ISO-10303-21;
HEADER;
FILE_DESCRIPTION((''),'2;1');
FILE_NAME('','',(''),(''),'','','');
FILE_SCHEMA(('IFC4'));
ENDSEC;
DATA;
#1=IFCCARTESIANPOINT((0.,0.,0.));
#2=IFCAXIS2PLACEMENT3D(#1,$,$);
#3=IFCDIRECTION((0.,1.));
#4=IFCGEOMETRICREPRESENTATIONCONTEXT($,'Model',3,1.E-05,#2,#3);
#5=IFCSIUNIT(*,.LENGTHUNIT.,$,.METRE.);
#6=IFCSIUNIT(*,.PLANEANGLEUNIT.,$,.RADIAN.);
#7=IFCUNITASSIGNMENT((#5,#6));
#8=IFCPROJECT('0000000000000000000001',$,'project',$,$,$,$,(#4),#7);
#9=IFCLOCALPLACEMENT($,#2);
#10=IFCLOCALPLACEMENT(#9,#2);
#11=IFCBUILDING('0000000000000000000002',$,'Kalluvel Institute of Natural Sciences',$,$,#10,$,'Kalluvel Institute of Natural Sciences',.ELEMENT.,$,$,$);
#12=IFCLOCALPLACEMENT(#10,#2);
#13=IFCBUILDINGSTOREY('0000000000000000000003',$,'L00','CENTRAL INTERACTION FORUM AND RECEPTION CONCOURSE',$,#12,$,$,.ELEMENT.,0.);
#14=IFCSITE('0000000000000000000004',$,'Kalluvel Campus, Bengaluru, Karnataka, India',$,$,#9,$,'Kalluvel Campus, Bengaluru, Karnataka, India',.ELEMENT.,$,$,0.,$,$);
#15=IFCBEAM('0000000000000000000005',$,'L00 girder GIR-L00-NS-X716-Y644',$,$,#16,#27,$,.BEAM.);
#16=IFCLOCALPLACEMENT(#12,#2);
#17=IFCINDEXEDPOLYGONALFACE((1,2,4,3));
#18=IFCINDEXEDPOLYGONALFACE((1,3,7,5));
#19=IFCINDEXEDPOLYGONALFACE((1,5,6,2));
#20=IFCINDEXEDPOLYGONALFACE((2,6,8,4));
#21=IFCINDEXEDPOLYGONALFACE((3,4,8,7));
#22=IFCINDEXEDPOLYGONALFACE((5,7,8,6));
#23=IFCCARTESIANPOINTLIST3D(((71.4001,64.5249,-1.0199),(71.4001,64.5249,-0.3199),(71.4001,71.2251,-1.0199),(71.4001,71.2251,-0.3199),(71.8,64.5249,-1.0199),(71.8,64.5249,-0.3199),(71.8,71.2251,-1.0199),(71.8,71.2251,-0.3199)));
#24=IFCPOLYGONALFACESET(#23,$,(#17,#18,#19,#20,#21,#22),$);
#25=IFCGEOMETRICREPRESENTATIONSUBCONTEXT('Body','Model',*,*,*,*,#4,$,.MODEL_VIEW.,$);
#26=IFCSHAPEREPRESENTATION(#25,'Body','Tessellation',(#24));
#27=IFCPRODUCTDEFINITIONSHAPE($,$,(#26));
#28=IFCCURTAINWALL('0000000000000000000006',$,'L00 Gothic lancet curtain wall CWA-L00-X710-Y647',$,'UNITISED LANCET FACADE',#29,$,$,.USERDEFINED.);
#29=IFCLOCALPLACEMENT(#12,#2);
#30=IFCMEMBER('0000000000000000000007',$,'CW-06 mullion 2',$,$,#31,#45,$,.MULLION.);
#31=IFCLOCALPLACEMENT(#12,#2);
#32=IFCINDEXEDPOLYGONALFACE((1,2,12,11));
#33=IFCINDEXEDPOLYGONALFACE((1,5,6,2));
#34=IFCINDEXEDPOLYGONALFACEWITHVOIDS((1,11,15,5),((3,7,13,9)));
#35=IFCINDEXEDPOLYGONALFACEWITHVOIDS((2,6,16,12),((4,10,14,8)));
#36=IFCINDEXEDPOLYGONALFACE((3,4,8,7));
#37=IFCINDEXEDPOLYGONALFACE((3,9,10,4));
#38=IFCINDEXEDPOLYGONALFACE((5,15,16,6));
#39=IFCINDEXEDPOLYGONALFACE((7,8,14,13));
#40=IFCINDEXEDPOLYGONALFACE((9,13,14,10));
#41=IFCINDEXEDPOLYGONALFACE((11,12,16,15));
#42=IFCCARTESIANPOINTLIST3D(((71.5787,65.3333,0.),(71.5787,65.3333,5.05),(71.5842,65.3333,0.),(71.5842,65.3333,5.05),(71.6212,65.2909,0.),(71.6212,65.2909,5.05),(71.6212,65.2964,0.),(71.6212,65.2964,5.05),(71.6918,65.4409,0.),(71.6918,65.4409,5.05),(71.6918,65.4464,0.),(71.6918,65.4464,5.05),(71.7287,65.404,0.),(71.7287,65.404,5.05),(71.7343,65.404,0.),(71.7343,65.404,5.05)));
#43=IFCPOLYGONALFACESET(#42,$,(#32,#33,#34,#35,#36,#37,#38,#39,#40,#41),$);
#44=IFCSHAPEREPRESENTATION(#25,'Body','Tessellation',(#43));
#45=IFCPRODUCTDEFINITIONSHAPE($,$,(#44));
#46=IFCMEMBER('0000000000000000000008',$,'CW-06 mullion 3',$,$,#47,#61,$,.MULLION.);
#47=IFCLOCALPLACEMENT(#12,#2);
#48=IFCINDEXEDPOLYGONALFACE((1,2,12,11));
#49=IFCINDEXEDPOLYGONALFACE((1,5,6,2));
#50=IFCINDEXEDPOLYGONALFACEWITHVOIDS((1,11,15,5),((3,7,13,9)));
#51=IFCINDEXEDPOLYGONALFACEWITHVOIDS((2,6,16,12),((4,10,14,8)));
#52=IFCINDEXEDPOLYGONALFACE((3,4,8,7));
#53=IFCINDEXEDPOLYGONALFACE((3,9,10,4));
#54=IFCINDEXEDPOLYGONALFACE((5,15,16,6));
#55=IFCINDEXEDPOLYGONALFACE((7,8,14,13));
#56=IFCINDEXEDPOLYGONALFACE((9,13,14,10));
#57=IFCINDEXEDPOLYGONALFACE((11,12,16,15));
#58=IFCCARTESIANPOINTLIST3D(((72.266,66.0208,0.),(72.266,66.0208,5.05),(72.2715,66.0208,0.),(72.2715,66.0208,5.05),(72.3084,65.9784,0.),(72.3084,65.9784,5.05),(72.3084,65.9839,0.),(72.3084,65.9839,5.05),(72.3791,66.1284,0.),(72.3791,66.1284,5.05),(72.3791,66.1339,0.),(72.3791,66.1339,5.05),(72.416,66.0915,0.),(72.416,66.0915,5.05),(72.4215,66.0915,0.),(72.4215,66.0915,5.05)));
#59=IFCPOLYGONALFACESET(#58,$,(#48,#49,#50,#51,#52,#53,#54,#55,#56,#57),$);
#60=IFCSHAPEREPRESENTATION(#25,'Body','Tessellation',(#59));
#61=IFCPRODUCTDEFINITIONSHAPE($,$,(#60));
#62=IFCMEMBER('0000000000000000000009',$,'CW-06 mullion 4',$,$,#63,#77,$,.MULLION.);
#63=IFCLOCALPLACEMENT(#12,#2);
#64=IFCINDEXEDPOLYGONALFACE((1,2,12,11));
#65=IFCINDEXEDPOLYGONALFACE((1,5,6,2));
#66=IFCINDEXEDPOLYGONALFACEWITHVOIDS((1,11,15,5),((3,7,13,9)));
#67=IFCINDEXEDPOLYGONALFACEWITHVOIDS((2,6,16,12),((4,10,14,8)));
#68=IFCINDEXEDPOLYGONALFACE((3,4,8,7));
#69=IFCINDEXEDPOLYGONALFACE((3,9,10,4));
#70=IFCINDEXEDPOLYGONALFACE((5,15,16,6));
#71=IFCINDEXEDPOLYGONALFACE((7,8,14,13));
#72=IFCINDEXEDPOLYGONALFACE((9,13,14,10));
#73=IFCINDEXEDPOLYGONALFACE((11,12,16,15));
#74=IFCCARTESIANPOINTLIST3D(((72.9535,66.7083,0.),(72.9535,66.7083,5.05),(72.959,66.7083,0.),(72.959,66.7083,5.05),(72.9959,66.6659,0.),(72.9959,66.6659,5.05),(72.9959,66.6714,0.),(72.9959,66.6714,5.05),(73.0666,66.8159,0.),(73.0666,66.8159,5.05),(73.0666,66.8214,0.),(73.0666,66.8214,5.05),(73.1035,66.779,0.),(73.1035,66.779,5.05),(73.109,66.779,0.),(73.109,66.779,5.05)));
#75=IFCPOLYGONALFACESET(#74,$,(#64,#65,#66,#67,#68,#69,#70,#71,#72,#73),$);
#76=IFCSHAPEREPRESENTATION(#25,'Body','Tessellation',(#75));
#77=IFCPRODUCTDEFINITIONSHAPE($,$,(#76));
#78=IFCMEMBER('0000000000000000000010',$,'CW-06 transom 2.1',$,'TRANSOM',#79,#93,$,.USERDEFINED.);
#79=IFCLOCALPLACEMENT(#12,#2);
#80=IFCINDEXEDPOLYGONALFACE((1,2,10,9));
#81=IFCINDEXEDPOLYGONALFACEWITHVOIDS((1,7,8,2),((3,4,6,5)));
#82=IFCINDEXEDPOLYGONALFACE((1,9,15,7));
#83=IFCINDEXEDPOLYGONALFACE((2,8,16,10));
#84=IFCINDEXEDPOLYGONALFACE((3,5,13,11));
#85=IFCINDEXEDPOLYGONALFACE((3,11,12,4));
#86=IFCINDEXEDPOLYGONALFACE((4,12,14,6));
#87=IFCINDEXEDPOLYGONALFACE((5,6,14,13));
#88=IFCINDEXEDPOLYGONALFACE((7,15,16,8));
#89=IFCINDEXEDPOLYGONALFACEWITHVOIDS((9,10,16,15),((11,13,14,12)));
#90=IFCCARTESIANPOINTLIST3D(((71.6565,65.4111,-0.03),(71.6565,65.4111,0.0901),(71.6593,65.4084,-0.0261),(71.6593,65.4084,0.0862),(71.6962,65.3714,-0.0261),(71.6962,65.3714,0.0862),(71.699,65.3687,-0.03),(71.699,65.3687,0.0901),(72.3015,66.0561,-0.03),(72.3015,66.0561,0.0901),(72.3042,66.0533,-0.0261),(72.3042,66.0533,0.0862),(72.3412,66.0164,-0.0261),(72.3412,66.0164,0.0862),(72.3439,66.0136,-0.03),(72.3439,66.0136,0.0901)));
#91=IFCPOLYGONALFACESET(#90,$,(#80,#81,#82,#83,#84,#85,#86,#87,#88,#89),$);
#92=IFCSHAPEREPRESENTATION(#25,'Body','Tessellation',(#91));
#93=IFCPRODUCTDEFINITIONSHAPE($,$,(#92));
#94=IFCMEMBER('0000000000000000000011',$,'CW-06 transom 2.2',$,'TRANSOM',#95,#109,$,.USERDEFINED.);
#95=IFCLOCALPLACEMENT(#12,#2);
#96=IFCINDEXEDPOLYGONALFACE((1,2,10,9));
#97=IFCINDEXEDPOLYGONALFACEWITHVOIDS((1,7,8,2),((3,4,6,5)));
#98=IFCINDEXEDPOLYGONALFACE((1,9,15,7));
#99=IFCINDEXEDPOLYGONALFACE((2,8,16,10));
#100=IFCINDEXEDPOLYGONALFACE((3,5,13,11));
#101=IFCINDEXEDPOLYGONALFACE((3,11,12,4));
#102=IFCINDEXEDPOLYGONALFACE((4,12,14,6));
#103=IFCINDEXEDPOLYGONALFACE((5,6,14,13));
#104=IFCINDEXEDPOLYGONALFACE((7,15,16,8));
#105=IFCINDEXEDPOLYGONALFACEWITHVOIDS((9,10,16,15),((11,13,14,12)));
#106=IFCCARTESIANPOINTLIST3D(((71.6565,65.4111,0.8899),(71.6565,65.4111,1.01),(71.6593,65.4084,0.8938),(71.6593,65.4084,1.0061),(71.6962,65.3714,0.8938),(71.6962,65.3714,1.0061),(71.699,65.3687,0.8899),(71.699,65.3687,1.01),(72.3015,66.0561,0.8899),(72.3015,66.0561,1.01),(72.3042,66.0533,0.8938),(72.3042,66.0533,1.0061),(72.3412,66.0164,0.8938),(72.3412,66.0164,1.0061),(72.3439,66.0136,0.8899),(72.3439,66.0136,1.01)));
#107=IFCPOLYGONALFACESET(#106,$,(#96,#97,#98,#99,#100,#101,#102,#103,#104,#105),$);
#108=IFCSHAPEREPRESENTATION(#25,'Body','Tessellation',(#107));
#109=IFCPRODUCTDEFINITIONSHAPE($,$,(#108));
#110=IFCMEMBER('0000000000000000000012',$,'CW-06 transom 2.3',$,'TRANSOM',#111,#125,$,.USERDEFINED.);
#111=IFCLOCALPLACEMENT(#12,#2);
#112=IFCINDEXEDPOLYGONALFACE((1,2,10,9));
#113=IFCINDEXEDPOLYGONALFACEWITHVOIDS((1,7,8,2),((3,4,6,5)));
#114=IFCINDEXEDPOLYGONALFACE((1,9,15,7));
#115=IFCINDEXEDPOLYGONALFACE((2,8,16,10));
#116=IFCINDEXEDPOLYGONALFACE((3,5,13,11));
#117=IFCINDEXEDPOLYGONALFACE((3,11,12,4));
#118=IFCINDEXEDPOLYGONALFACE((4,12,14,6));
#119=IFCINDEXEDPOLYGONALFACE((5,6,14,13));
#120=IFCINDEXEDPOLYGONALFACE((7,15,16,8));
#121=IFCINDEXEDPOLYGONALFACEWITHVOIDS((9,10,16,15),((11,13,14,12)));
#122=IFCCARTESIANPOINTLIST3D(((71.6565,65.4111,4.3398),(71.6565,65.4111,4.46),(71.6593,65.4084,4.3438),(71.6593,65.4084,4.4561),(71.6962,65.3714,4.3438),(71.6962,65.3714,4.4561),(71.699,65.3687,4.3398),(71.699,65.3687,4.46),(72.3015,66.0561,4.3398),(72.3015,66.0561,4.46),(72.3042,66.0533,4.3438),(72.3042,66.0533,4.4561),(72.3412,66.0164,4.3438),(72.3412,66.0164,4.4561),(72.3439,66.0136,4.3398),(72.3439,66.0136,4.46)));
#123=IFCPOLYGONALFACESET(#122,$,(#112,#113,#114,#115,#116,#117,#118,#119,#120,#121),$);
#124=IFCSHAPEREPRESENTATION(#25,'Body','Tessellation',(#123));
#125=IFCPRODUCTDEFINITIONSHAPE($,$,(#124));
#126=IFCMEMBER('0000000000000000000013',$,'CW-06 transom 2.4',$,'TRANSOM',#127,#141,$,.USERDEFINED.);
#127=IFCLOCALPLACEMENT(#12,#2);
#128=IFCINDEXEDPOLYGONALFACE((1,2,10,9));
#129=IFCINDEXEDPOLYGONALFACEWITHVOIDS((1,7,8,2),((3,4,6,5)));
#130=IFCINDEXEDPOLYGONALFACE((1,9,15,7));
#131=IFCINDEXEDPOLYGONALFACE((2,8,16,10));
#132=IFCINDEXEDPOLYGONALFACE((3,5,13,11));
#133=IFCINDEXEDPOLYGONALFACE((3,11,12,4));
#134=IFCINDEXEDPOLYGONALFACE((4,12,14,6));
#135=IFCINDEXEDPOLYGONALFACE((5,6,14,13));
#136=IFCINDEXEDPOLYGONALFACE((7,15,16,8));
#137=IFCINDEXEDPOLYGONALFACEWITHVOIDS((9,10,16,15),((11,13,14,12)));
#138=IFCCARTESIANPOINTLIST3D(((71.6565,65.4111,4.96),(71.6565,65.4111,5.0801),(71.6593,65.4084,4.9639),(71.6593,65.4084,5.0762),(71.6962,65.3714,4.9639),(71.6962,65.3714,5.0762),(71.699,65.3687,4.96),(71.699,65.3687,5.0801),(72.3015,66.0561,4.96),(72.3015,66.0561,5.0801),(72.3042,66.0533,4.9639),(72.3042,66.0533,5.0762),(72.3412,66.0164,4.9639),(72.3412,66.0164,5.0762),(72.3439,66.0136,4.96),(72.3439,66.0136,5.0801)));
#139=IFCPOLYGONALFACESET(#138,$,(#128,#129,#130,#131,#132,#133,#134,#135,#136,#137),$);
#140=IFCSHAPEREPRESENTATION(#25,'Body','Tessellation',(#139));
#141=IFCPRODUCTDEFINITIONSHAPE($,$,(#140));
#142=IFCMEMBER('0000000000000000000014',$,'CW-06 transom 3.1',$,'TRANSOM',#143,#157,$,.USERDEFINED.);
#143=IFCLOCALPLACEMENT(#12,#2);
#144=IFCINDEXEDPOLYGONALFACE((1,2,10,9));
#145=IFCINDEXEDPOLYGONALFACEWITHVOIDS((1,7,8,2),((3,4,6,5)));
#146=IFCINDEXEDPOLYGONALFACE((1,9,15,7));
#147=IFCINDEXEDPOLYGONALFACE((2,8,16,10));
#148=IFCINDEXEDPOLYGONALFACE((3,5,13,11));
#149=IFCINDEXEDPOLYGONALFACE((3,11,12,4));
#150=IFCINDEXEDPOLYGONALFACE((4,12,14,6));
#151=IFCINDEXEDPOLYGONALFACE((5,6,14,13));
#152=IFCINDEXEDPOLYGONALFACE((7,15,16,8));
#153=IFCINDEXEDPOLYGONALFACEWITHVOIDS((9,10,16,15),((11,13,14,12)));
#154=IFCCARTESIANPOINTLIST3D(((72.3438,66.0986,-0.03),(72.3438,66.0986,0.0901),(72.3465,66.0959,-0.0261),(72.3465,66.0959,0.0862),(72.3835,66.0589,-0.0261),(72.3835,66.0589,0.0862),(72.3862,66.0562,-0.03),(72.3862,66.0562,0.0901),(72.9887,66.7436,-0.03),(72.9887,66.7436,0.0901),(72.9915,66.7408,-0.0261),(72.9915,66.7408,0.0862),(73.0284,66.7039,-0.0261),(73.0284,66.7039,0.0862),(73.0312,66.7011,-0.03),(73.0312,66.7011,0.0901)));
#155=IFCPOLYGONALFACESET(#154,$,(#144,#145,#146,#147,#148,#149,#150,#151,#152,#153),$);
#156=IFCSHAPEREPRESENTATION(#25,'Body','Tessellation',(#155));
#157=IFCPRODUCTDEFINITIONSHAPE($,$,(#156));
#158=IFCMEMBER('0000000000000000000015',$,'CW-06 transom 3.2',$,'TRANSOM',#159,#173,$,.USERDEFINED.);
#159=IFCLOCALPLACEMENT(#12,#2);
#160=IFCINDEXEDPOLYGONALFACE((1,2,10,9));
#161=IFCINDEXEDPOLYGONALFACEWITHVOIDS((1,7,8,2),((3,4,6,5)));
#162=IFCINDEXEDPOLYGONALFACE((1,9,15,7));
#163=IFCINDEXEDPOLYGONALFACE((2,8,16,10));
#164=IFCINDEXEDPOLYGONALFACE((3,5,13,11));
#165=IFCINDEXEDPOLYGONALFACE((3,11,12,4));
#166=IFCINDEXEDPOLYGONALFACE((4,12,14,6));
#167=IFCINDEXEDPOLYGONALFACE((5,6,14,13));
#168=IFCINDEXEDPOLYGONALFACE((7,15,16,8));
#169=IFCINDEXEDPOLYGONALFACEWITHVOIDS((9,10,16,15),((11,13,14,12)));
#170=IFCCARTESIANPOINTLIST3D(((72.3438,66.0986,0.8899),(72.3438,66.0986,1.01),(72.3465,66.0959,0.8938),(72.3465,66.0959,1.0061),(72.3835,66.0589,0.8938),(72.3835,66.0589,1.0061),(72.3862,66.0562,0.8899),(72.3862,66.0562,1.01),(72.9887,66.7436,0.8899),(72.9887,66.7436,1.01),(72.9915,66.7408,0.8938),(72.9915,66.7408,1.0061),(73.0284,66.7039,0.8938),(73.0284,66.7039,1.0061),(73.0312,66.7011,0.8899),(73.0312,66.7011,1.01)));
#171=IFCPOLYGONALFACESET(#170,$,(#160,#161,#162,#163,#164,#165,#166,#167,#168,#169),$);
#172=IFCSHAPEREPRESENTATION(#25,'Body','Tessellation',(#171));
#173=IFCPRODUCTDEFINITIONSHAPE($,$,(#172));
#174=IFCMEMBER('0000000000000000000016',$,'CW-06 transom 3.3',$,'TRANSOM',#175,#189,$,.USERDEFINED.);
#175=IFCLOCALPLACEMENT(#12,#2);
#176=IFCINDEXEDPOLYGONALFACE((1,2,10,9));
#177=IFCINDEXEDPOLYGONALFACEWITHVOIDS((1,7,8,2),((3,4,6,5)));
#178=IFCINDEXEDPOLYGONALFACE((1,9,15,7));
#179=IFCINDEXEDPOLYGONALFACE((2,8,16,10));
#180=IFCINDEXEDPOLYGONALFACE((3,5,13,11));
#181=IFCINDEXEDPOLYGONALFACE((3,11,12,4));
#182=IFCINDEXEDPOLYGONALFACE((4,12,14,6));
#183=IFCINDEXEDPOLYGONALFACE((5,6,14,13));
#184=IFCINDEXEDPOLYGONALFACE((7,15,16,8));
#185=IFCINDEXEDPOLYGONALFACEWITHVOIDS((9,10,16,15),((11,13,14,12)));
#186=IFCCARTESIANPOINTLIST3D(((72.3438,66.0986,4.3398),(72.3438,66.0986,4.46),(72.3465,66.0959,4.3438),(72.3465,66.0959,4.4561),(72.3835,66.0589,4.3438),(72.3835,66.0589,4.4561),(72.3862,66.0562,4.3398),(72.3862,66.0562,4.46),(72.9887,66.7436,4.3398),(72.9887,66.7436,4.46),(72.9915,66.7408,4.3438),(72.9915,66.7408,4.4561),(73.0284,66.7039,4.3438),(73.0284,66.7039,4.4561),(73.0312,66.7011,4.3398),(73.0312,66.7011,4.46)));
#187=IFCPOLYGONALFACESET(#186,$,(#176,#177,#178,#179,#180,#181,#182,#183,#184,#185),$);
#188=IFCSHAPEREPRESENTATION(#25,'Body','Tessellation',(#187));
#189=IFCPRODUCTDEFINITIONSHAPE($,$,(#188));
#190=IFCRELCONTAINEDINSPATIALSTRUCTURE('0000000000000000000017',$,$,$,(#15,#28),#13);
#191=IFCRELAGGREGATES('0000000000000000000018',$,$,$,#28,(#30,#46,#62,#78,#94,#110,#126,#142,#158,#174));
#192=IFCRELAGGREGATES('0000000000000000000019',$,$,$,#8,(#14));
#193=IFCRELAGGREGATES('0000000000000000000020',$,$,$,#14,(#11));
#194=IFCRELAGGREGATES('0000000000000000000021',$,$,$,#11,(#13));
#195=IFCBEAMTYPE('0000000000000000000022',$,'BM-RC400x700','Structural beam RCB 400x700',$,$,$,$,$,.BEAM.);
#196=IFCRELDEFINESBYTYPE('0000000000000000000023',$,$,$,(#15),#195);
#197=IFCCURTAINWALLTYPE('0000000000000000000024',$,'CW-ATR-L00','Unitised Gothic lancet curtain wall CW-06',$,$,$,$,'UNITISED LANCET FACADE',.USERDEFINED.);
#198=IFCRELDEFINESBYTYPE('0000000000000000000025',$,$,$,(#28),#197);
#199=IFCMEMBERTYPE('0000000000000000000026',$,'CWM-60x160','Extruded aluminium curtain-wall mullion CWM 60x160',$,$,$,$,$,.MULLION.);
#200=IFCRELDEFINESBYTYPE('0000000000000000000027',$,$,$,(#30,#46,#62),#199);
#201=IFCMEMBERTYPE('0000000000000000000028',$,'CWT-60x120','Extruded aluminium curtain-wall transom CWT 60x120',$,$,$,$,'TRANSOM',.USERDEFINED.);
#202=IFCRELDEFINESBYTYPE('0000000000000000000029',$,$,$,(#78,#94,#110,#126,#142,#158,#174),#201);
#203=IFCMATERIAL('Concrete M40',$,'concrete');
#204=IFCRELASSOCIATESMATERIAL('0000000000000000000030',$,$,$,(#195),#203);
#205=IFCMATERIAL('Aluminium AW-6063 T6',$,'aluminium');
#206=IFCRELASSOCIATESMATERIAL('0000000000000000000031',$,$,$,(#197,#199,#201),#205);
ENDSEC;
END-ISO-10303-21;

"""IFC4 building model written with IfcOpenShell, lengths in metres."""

from ifc_helpers import new_model, si_unit, direction, frame, origin, origin_2d, place, context, subcontext, project, spatial, rectangle, hollow_rectangle, extrude, material, material_profile, profile_set, type_object, element, aggregate, save


model = new_model("IFC4")

# Units and contexts
model_context = context("Model", 3, precision=1e-05, world=origin(), true_north=direction((0.0, 1.0)))
body_context = subcontext(model_context, "Body", "Model", "MODEL_VIEW")
ifc_project = project(units=[si_unit("LENGTHUNIT", "METRE"), si_unit("PLANEANGLEUNIT", "RADIAN")], contexts=[model_context])

# Site, building, storey
site_placement = place(None, origin())
site = spatial("IfcSite", under=ifc_project, at=site_placement, Name="Kalluvel Campus, Bengaluru, Karnataka, India", LongName="Kalluvel Campus, Bengaluru, Karnataka, India", CompositionType="ELEMENT", RefElevation=0.0)
building_placement = place(site_placement, origin())
building = spatial("IfcBuilding", under=site, at=building_placement, Name="Kalluvel Institute of Natural Sciences", LongName="Kalluvel Institute of Natural Sciences", CompositionType="ELEMENT")
storey_placement = place(building_placement, origin())
storey = spatial("IfcBuildingStorey", under=building, at=storey_placement, Name="L00", Description="CENTRAL INTERACTION FORUM AND RECEPTION CONCOURSE", CompositionType="ELEMENT", Elevation=0.0)

# Beam
ifc_material_1 = material(Name="Concrete M40", Category="concrete")
ifc_material_profile_1 = material_profile(ifc_material_1, rectangle(XDim=0.3999, YDim=0.7, at=origin_2d()), Name="RCB 400x700")
ifc_profile_set_1 = profile_set([ifc_material_profile_1], Name="Concrete M40")
beam_type = type_object("IfcBeamType", Name="BM-RC400x700", Description="Structural beam RCB 400x700", PredefinedType="BEAM", material=ifc_profile_set_1)
beam_placement = place(storey_placement, frame((71.6001, 64.5249, -0.6699), z_axis=(0.0, 1.0, 0.0), x_axis=(-1.0, 0.0, 0.0)))
element("IfcBeam", 1, at=beam_placement, inside=storey, type_object=beam_type, Name="L00 girder GIR-L00-NS-X716-Y644", PredefinedType="BEAM", context=body_context, shape_type="SweptSolid", body=[
    extrude(rectangle(XDim=0.3999, YDim=0.7, at=origin_2d()), origin(), (0.0, 0.0, 1.0), 6.7002),
])

# Curtain wall, members
ifc_material_2 = material(Name="Aluminium AW-6063 T6", Category="aluminium")
curtain_wall_type = type_object("IfcCurtainWallType", Name="CW-ATR-L00", Description="Unitised Gothic lancet curtain wall CW-06", ElementType="UNITISED LANCET FACADE", PredefinedType="USERDEFINED", material=ifc_material_2)
curtain_wall_placement = place(storey_placement, origin())
curtain_wall = element("IfcCurtainWall", 2, at=curtain_wall_placement, inside=storey, type_object=curtain_wall_type, Name="L00 Gothic lancet curtain wall CWA-L00-X710-Y647", ObjectType="UNITISED LANCET FACADE", PredefinedType="USERDEFINED")
ifc_material_profile_2 = material_profile(ifc_material_2, hollow_rectangle(XDim=0.0601, YDim=0.1599, WallThickness=0.0039, at=origin_2d()), Name="CWM 60x160")
ifc_profile_set_2 = profile_set([ifc_material_profile_2], Name="Aluminium AW-6063 T6")
member_type_1 = type_object("IfcMemberType", Name="CWM-60x160", Description="Extruded aluminium curtain-wall mullion CWM 60x160", PredefinedType="MULLION", material=ifc_profile_set_2)
member_1_placement = place(storey_placement, frame((71.6565, 65.3687, 0.0), z_axis=(0.0, 0.0, 1.0), x_axis=(-0.707107, 0.707107, 0.0)))
member_1 = element("IfcMember", 3, at=member_1_placement, type_object=member_type_1, Name="CW-06 mullion 2", PredefinedType="MULLION", context=body_context, shape_type="SweptSolid", body=[
    extrude(hollow_rectangle(XDim=0.0601, YDim=0.1599, WallThickness=0.0039, at=origin_2d()), origin(), (0.0, 0.0, 1.0), 5.05),
])
member_2_placement = place(storey_placement, frame((72.3438, 66.0562, 0.0), z_axis=(0.0, 0.0, 1.0), x_axis=(-0.707107, 0.707107, 0.0)))
member_2 = element("IfcMember", 4, at=member_2_placement, type_object=member_type_1, Name="CW-06 mullion 3", PredefinedType="MULLION", context=body_context, shape_type="SweptSolid", body=[
    extrude(hollow_rectangle(XDim=0.0601, YDim=0.1599, WallThickness=0.0039, at=origin_2d()), origin(), (0.0, 0.0, 1.0), 5.05),
])
member_3_placement = place(storey_placement, frame((73.0312, 66.7437, 0.0), z_axis=(0.0, 0.0, 1.0), x_axis=(-0.707107, 0.707107, 0.0)))
member_3 = element("IfcMember", 5, at=member_3_placement, type_object=member_type_1, Name="CW-06 mullion 4", PredefinedType="MULLION", context=body_context, shape_type="SweptSolid", body=[
    extrude(hollow_rectangle(XDim=0.0601, YDim=0.1599, WallThickness=0.0039, at=origin_2d()), origin(), (0.0, 0.0, 1.0), 5.05),
])
ifc_material_profile_3 = material_profile(ifc_material_2, hollow_rectangle(XDim=0.0601, YDim=0.1201, WallThickness=0.0039, at=origin_2d()), Name="CWT 60x120")
ifc_profile_set_3 = profile_set([ifc_material_profile_3], Name="Aluminium AW-6063 T6")
member_type_2 = type_object("IfcMemberType", Name="CWT-60x120", Description="Extruded aluminium curtain-wall transom CWT 60x120", ElementType="TRANSOM", PredefinedType="USERDEFINED", material=ifc_profile_set_3)
member_4_placement = place(storey_placement, frame((71.6777, 65.3899, 0.03), z_axis=(0.707107, 0.707107, 0.0), x_axis=(-0.707107, 0.707107, 0.0)))
member_4 = element("IfcMember", 6, at=member_4_placement, type_object=member_type_2, Name="CW-06 transom 2.1", ObjectType="TRANSOM", PredefinedType="USERDEFINED", context=body_context, shape_type="SweptSolid", body=[
    extrude(hollow_rectangle(XDim=0.0601, YDim=0.1201, WallThickness=0.0039, at=origin_2d()), origin(), (0.0, 0.0, 1.0), 0.9121),
])
member_5_placement = place(storey_placement, frame((71.6777, 65.3899, 0.95), z_axis=(0.707107, 0.707107, 0.0), x_axis=(-0.707107, 0.707107, 0.0)))
member_5 = element("IfcMember", 7, at=member_5_placement, type_object=member_type_2, Name="CW-06 transom 2.2", ObjectType="TRANSOM", PredefinedType="USERDEFINED", context=body_context, shape_type="SweptSolid", body=[
    extrude(hollow_rectangle(XDim=0.0601, YDim=0.1201, WallThickness=0.0039, at=origin_2d()), origin(), (0.0, 0.0, 1.0), 0.9121),
])
member_6_placement = place(storey_placement, frame((71.6777, 65.3899, 4.3999), z_axis=(0.707107, 0.707107, 0.0), x_axis=(-0.707107, 0.707107, 0.0)))
member_6 = element("IfcMember", 8, at=member_6_placement, type_object=member_type_2, Name="CW-06 transom 2.3", ObjectType="TRANSOM", PredefinedType="USERDEFINED", context=body_context, shape_type="SweptSolid", body=[
    extrude(hollow_rectangle(XDim=0.0601, YDim=0.1201, WallThickness=0.0039, at=origin_2d()), origin(), (0.0, 0.0, 1.0), 0.9121),
])
member_7_placement = place(storey_placement, frame((71.6777, 65.3899, 5.02), z_axis=(0.707107, 0.707107, 0.0), x_axis=(-0.707107, 0.707107, 0.0)))
member_7 = element("IfcMember", 9, at=member_7_placement, type_object=member_type_2, Name="CW-06 transom 2.4", ObjectType="TRANSOM", PredefinedType="USERDEFINED", context=body_context, shape_type="SweptSolid", body=[
    extrude(hollow_rectangle(XDim=0.0601, YDim=0.1201, WallThickness=0.0039, at=origin_2d()), origin(), (0.0, 0.0, 1.0), 0.9121),
])
member_8_placement = place(storey_placement, frame((72.365, 66.0774, 0.03), z_axis=(0.707107, 0.707107, 0.0), x_axis=(-0.707107, 0.707107, 0.0)))
member_8 = element("IfcMember", 10, at=member_8_placement, type_object=member_type_2, Name="CW-06 transom 3.1", ObjectType="TRANSOM", PredefinedType="USERDEFINED", context=body_context, shape_type="SweptSolid", body=[
    extrude(hollow_rectangle(XDim=0.0601, YDim=0.1201, WallThickness=0.0039, at=origin_2d()), origin(), (0.0, 0.0, 1.0), 0.9121),
])
member_9_placement = place(storey_placement, frame((72.365, 66.0774, 0.95), z_axis=(0.707107, 0.707107, 0.0), x_axis=(-0.707107, 0.707107, 0.0)))
member_9 = element("IfcMember", 11, at=member_9_placement, type_object=member_type_2, Name="CW-06 transom 3.2", ObjectType="TRANSOM", PredefinedType="USERDEFINED", context=body_context, shape_type="SweptSolid", body=[
    extrude(hollow_rectangle(XDim=0.0601, YDim=0.1201, WallThickness=0.0039, at=origin_2d()), origin(), (0.0, 0.0, 1.0), 0.9121),
])
member_10_placement = place(storey_placement, frame((72.365, 66.0774, 4.3999), z_axis=(0.707107, 0.707107, 0.0), x_axis=(-0.707107, 0.707107, 0.0)))
member_10 = element("IfcMember", 12, at=member_10_placement, type_object=member_type_2, Name="CW-06 transom 3.3", ObjectType="TRANSOM", PredefinedType="USERDEFINED", context=body_context, shape_type="SweptSolid", body=[
    extrude(hollow_rectangle(XDim=0.0601, YDim=0.1201, WallThickness=0.0039, at=origin_2d()), origin(), (0.0, 0.0, 1.0), 0.9121),
])
aggregate(curtain_wall, [member_1, member_2, member_3, member_4, member_5, member_6, member_7, member_8, member_9, member_10])

save(model, "model.ifc")
